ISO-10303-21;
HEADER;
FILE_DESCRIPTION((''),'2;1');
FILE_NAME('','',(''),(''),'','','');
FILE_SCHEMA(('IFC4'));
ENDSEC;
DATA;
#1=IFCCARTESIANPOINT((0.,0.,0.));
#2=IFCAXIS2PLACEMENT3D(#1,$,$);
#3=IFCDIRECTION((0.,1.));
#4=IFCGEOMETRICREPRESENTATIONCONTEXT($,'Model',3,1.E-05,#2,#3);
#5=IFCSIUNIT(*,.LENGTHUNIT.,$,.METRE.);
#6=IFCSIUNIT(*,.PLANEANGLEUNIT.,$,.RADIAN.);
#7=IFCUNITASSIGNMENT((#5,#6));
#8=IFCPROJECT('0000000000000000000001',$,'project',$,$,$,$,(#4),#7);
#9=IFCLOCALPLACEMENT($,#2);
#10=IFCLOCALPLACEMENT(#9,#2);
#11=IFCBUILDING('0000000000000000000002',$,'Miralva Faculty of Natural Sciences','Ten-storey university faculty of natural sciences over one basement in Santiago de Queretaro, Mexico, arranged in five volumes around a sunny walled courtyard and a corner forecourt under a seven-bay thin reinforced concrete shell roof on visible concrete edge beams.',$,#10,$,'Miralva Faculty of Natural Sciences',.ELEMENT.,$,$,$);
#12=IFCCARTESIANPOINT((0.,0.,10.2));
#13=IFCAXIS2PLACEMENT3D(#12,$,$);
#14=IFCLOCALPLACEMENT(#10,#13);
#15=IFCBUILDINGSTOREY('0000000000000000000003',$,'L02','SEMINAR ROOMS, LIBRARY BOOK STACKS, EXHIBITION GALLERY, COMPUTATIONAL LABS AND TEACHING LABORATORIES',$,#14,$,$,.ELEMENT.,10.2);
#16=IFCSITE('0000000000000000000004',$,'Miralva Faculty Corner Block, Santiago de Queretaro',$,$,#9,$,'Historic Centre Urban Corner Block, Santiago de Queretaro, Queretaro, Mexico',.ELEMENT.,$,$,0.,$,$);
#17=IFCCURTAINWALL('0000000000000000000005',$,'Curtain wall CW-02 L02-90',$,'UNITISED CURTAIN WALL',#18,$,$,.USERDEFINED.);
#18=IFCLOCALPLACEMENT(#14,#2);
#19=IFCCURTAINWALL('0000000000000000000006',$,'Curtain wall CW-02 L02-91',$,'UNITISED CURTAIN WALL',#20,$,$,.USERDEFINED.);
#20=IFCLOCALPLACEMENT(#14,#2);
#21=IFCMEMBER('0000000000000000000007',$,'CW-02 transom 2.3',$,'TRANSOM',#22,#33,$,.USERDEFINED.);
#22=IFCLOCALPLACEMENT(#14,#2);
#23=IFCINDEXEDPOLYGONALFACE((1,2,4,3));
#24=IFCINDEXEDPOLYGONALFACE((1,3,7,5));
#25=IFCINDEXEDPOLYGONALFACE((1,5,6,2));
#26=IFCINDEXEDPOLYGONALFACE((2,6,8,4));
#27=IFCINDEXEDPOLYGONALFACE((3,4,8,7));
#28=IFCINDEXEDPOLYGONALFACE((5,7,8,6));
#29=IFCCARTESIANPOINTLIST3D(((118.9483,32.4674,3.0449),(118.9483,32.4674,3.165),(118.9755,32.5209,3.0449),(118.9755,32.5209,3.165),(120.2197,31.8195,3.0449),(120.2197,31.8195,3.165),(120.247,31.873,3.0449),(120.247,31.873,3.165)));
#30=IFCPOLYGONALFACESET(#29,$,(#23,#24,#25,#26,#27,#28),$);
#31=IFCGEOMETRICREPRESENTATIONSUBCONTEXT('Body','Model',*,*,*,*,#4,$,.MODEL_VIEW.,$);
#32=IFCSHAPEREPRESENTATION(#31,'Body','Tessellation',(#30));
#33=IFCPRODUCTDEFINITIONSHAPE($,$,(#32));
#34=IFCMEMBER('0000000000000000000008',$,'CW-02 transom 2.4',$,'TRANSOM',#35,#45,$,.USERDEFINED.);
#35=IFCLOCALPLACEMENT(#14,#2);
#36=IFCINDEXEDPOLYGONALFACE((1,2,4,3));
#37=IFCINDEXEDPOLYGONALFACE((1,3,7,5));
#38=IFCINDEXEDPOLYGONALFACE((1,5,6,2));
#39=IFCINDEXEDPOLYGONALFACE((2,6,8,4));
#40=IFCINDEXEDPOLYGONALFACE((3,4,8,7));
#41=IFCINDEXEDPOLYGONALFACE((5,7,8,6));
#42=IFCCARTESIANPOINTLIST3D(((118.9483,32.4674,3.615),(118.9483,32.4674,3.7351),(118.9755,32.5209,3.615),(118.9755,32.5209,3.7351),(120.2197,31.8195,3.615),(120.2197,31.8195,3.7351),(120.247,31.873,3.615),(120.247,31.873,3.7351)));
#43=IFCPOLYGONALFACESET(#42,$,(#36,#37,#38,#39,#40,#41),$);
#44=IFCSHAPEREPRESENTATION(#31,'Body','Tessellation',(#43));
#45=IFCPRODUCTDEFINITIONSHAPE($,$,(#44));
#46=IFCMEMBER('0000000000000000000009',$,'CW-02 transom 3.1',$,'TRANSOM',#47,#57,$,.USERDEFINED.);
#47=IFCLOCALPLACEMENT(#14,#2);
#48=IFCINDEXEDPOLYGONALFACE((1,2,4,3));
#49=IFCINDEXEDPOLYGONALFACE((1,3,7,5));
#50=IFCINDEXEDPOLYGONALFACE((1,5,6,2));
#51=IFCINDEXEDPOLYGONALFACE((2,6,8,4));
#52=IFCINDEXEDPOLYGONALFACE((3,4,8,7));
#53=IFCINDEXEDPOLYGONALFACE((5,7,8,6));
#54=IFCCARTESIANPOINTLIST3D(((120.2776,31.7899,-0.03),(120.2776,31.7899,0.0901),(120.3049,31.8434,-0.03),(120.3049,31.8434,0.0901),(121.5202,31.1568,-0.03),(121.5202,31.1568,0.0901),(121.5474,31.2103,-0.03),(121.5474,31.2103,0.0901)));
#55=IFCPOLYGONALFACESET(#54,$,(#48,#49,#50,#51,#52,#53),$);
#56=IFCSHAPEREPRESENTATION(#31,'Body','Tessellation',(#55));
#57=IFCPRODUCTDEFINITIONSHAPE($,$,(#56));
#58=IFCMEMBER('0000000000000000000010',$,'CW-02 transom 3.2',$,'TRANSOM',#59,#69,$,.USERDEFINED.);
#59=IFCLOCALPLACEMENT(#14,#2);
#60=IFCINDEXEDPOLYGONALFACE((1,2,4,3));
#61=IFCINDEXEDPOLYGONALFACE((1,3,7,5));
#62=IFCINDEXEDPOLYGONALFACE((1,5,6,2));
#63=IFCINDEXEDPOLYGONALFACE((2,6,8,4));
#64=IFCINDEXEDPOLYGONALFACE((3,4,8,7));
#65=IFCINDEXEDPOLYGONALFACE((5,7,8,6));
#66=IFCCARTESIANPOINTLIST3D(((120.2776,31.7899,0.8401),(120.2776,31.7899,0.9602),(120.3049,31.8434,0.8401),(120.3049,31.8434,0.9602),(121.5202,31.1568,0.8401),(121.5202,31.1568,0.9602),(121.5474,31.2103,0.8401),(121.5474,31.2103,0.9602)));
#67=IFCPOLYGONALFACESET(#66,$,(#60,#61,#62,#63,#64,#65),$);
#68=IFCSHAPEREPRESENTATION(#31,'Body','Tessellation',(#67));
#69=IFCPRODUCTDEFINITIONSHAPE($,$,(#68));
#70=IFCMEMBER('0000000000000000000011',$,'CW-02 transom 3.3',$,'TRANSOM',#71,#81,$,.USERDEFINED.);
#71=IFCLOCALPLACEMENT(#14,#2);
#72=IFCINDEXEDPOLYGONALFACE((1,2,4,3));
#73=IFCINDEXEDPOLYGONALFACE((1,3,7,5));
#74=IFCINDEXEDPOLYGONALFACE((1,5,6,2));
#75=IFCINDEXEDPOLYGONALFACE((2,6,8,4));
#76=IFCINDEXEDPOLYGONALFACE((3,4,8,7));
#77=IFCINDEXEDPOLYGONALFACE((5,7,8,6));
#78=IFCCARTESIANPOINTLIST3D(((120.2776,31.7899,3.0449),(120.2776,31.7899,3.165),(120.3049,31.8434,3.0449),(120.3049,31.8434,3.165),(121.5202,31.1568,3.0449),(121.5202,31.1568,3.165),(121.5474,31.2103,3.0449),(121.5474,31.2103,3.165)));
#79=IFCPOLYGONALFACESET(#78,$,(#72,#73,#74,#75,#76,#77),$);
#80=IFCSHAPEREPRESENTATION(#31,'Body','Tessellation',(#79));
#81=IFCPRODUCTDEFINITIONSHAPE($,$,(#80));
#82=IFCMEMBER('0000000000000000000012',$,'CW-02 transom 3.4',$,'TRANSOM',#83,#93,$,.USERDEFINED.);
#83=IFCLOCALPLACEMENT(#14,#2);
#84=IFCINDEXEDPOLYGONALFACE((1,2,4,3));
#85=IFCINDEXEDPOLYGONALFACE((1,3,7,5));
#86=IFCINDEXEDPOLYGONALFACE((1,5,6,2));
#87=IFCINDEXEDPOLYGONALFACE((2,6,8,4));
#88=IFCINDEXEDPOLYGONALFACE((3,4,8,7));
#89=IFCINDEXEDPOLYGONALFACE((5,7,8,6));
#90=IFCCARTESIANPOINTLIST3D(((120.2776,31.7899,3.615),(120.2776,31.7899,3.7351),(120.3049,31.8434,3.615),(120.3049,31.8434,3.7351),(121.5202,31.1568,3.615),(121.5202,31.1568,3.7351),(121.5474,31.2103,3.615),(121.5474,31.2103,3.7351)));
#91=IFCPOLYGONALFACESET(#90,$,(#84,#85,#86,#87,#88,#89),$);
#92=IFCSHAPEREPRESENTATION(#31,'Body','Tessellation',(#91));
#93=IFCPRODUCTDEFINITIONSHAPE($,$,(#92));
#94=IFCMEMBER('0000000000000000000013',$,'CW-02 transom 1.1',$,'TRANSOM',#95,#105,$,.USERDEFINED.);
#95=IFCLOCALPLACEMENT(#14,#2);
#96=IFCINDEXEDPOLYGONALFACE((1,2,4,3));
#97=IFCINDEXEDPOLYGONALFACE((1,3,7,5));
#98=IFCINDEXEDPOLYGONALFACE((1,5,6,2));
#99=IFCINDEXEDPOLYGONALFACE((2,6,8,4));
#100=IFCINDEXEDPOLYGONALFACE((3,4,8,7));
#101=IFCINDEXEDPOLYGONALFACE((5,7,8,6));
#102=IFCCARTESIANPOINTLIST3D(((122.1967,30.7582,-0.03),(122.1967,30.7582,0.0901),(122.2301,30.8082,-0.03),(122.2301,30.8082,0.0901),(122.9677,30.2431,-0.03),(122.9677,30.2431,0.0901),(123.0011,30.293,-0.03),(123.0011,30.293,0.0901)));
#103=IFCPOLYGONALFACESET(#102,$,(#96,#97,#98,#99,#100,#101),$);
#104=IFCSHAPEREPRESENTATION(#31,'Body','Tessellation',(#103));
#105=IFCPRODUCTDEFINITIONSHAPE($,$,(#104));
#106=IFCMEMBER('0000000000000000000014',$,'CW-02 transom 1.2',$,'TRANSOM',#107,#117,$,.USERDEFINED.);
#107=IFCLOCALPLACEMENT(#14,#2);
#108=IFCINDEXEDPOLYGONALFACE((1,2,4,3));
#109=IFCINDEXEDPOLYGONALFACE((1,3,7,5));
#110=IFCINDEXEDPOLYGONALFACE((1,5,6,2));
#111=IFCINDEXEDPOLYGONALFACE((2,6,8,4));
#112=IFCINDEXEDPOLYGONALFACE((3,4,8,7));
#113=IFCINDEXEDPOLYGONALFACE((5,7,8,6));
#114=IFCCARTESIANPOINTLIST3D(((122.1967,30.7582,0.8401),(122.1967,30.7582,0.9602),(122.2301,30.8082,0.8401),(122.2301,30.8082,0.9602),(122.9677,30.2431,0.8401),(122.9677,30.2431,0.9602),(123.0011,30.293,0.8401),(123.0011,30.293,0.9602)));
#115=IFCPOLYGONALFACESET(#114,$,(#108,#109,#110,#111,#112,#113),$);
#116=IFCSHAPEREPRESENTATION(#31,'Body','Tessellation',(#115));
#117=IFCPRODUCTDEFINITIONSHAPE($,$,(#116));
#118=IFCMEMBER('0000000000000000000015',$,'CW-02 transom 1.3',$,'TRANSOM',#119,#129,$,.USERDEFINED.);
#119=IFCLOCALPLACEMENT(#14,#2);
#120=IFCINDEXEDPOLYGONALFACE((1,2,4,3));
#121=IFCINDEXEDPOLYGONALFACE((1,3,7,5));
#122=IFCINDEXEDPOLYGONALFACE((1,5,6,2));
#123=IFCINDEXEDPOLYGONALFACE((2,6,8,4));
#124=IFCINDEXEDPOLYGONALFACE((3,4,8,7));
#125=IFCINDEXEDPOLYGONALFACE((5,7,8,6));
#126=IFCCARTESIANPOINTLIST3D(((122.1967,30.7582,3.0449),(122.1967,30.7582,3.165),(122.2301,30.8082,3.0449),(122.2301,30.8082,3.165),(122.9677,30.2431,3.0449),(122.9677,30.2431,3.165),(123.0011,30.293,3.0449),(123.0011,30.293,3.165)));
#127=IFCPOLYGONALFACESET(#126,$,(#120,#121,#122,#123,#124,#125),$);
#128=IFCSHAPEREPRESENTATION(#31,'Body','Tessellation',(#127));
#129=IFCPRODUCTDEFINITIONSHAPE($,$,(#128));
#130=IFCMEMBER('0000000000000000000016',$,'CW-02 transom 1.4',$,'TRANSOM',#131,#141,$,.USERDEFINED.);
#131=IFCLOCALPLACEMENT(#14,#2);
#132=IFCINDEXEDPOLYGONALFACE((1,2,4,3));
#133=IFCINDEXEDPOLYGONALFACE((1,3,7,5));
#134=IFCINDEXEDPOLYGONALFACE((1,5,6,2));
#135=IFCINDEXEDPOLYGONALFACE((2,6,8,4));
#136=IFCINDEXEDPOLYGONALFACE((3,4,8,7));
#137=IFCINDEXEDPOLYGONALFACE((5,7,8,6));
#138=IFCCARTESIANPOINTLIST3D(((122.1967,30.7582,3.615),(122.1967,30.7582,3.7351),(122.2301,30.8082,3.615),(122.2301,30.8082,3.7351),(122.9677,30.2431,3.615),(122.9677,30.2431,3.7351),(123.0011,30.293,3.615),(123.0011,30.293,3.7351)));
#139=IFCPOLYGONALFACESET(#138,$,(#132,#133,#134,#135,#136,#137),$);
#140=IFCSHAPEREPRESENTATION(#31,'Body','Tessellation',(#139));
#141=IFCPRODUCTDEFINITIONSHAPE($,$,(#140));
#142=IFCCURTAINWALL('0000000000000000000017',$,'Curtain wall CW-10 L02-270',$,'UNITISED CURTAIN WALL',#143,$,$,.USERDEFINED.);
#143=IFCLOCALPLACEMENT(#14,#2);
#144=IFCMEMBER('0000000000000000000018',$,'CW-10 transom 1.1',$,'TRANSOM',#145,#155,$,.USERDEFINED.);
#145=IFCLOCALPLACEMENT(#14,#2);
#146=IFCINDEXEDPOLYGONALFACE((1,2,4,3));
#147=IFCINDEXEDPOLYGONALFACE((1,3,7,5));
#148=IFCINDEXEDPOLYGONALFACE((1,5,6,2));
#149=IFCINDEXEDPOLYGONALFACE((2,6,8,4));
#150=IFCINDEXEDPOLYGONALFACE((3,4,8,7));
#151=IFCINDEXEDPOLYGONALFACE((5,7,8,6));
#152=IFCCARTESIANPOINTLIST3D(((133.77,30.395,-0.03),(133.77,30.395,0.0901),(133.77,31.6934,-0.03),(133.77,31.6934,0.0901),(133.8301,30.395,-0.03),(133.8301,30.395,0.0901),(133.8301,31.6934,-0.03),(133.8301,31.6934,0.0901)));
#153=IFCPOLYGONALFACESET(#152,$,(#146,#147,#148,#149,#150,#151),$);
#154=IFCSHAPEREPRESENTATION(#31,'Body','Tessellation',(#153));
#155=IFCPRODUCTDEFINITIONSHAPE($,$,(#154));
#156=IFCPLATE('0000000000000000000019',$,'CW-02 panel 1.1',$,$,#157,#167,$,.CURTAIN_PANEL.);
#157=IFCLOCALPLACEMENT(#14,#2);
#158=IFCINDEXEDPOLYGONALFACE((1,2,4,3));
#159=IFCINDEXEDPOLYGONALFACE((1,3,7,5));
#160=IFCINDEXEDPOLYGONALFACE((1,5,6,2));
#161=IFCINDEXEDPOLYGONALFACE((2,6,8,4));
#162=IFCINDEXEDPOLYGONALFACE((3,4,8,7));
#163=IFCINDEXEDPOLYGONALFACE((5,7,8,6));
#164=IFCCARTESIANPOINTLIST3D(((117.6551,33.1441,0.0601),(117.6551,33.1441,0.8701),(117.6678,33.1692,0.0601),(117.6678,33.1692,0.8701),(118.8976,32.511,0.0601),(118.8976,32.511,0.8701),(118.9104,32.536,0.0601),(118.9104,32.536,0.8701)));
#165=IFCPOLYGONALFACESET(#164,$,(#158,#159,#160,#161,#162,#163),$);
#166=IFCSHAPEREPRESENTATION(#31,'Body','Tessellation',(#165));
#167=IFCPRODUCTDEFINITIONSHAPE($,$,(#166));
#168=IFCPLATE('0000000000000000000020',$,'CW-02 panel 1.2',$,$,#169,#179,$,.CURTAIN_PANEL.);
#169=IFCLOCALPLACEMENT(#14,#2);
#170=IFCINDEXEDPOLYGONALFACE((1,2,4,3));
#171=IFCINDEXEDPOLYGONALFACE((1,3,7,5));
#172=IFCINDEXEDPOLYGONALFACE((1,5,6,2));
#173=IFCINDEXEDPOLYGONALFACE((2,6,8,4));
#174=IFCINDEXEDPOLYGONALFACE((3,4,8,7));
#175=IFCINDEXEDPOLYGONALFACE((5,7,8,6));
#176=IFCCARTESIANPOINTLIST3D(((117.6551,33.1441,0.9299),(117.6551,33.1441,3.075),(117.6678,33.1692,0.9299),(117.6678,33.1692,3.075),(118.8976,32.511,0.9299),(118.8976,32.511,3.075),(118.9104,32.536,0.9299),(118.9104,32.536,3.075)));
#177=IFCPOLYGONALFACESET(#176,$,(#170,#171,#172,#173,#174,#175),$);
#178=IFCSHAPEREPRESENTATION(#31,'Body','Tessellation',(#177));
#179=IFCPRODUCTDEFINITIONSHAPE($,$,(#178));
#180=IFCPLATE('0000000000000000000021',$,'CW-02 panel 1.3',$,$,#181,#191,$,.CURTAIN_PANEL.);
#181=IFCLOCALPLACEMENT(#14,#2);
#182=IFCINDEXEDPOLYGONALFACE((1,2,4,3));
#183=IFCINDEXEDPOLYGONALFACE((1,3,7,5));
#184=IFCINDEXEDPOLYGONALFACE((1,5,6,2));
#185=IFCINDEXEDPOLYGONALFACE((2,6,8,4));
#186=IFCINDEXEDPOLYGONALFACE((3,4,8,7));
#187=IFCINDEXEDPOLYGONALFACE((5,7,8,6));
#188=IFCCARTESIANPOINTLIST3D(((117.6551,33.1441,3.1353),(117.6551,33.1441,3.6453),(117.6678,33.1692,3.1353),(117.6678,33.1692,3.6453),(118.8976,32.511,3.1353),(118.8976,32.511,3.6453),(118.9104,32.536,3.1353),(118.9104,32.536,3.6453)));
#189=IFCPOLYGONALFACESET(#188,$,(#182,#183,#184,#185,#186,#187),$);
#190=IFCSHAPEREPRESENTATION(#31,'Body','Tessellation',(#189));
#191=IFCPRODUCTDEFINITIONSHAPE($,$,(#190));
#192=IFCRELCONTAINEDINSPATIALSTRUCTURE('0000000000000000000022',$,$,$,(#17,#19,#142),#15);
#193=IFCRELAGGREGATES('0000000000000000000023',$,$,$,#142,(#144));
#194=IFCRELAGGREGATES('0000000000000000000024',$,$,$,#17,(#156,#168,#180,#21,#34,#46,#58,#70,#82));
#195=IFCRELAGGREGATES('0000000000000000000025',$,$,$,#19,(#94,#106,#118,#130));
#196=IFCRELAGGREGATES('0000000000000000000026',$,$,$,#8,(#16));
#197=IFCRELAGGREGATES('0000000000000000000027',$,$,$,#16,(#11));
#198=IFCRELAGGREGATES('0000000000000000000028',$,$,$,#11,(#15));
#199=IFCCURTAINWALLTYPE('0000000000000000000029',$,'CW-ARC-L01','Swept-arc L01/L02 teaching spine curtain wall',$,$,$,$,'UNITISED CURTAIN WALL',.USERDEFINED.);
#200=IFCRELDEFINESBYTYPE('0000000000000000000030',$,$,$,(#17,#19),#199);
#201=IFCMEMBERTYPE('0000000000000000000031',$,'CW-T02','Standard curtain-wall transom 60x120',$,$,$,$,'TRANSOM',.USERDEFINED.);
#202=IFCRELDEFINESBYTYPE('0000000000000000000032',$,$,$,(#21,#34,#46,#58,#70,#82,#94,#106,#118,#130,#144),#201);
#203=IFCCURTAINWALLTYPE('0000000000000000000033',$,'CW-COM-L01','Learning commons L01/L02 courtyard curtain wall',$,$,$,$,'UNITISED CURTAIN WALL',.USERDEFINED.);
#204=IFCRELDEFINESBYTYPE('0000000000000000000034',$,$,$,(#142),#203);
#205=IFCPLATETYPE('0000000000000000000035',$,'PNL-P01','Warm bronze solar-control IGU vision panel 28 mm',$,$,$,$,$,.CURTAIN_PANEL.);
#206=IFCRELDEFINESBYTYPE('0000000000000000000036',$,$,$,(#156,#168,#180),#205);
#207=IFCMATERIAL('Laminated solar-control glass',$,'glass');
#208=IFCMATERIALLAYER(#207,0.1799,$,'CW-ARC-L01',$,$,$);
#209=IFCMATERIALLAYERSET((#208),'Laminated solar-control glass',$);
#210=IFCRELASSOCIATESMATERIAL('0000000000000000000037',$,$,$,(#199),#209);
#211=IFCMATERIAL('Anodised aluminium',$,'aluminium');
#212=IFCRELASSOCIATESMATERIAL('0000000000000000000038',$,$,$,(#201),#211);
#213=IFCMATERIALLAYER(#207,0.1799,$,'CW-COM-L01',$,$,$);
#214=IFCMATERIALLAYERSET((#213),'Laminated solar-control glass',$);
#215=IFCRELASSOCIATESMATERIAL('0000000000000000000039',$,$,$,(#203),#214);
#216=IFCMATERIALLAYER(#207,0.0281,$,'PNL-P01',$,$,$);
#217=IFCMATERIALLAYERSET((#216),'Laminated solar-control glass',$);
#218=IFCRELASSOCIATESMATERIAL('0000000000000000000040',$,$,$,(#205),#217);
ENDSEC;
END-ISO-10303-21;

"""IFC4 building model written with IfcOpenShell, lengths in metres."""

from ifc_helpers import new_model, si_unit, direction, frame, origin, origin_2d, place, context, subcontext, project, spatial, rectangle, extrude, material, layer, layer_set, material_profile, profile_set, type_object, element, aggregate, save


model = new_model("IFC4")

# Units and contexts
model_context = context("Model", 3, precision=1e-05, world=origin(), true_north=direction((0.0, 1.0)))
body_context = subcontext(model_context, "Body", "Model", "MODEL_VIEW")
ifc_project = project(units=[si_unit("LENGTHUNIT", "METRE"), si_unit("PLANEANGLEUNIT", "RADIAN")], contexts=[model_context])

# Site, building, storey
site_placement = place(None, origin())
site = spatial("IfcSite", under=ifc_project, at=site_placement, Name="Miralva Faculty Corner Block, Santiago de Queretaro", LongName="Historic Centre Urban Corner Block, Santiago de Queretaro, Queretaro, Mexico", CompositionType="ELEMENT", RefElevation=0.0)
building_placement = place(site_placement, origin())
building = spatial("IfcBuilding", under=site, at=building_placement, Name="Miralva Faculty of Natural Sciences", Description="Ten-storey university faculty of natural sciences over one basement in Santiago de Queretaro, Mexico, arranged in five volumes around a sunny walled courtyard and a corner forecourt under a seven-bay thin reinforced concrete shell roof on visible concrete edge beams.", LongName="Miralva Faculty of Natural Sciences", CompositionType="ELEMENT")
storey_placement = place(building_placement, frame((0.0, 0.0, 10.2)))
storey = spatial("IfcBuildingStorey", under=building, at=storey_placement, Name="L02", Description="SEMINAR ROOMS, LIBRARY BOOK STACKS, EXHIBITION GALLERY, COMPUTATIONAL LABS AND TEACHING LABORATORIES", CompositionType="ELEMENT", Elevation=10.2)

# Shared definitions
ifc_material_1 = material(Name="Laminated solar-control glass", Category="glass")
ifc_layer_1 = layer(ifc_material_1, 0.1799, Name="CW-ARC-L01")
ifc_layer_set_1 = layer_set([ifc_layer_1], Name="Laminated solar-control glass")
curtain_wall_type_1 = type_object("IfcCurtainWallType", Name="CW-ARC-L01", Description="Swept-arc L01/L02 teaching spine curtain wall", ElementType="UNITISED CURTAIN WALL", PredefinedType="USERDEFINED", material=ifc_layer_set_1)
ifc_material_2 = material(Name="Anodised aluminium", Category="aluminium")

# Curtain wall
curtain_wall_1_placement = place(storey_placement, origin())
curtain_wall_1 = element("IfcCurtainWall", 1, at=curtain_wall_1_placement, inside=storey, type_object=curtain_wall_type_1, Name="Curtain wall CW-02 L02-90", ObjectType="UNITISED CURTAIN WALL", PredefinedType="USERDEFINED")

# Curtain wall
curtain_wall_2_placement = place(storey_placement, origin())
curtain_wall_2 = element("IfcCurtainWall", 2, at=curtain_wall_2_placement, inside=storey, type_object=curtain_wall_type_1, Name="Curtain wall CW-02 L02-91", ObjectType="UNITISED CURTAIN WALL", PredefinedType="USERDEFINED")

# Members
ifc_material_profile_1 = material_profile(ifc_material_2, rectangle(XDim=0.0601, YDim=0.1201, at=origin_2d()), Name="TRANSOM 60x120")
ifc_profile_set_1 = profile_set([ifc_material_profile_1], Name="Anodised aluminium")
member_type_1 = type_object("IfcMemberType", Name="CW-T02", Description="Standard curtain-wall transom 60x120", ElementType="TRANSOM", PredefinedType="USERDEFINED", material=ifc_profile_set_1)
member_1_placement = place(storey_placement, frame((118.9619, 32.4941, 3.105), z_axis=(0.890979, -0.454044, 0.0), x_axis=(0.454044, 0.890979, 0.0)))
member_1 = element("IfcMember", 3, at=member_1_placement, type_object=member_type_1, Name="CW-02 transom 2.3", ObjectType="TRANSOM", PredefinedType="USERDEFINED", context=body_context, shape_type="SweptSolid", body=[
    extrude(rectangle(XDim=0.0601, YDim=0.1201, at=origin_2d()), origin(), (0.0, 0.0, 1.0), 1.427),
])
member_2_placement = place(storey_placement, frame((118.9619, 32.4941, 3.675), z_axis=(0.890979, -0.454044, 0.0), x_axis=(0.454044, 0.890979, 0.0)))
member_2 = element("IfcMember", 4, at=member_2_placement, type_object=member_type_1, Name="CW-02 transom 2.4", ObjectType="TRANSOM", PredefinedType="USERDEFINED", context=body_context, shape_type="SweptSolid", body=[
    extrude(rectangle(XDim=0.0601, YDim=0.1201, at=origin_2d()), origin(), (0.0, 0.0, 1.0), 1.427),
])
member_3_placement = place(storey_placement, frame((120.2913, 31.8167, 0.03), z_axis=(0.891005, -0.453994, 0.0), x_axis=(0.453994, 0.891005, 0.0)))
member_3 = element("IfcMember", 5, at=member_3_placement, type_object=member_type_1, Name="CW-02 transom 3.1", ObjectType="TRANSOM", PredefinedType="USERDEFINED", context=body_context, shape_type="SweptSolid", body=[
    extrude(rectangle(XDim=0.0601, YDim=0.1201, at=origin_2d()), origin(), (0.0, 0.0, 1.0), 1.3945),
])
member_4_placement = place(storey_placement, frame((120.2913, 31.8167, 0.9001), z_axis=(0.891005, -0.453994, 0.0), x_axis=(0.453994, 0.891005, 0.0)))
member_4 = element("IfcMember", 6, at=member_4_placement, type_object=member_type_1, Name="CW-02 transom 3.2", ObjectType="TRANSOM", PredefinedType="USERDEFINED", context=body_context, shape_type="SweptSolid", body=[
    extrude(rectangle(XDim=0.0601, YDim=0.1201, at=origin_2d()), origin(), (0.0, 0.0, 1.0), 1.3945),
])
member_5_placement = place(storey_placement, frame((120.2913, 31.8167, 3.105), z_axis=(0.891005, -0.453994, 0.0), x_axis=(0.453994, 0.891005, 0.0)))
member_5 = element("IfcMember", 7, at=member_5_placement, type_object=member_type_1, Name="CW-02 transom 3.3", ObjectType="TRANSOM", PredefinedType="USERDEFINED", context=body_context, shape_type="SweptSolid", body=[
    extrude(rectangle(XDim=0.0601, YDim=0.1201, at=origin_2d()), origin(), (0.0, 0.0, 1.0), 1.3945),
])
member_6_placement = place(storey_placement, frame((120.2913, 31.8167, 3.675), z_axis=(0.891005, -0.453994, 0.0), x_axis=(0.453994, 0.891005, 0.0)))
member_6 = element("IfcMember", 8, at=member_6_placement, type_object=member_type_1, Name="CW-02 transom 3.4", ObjectType="TRANSOM", PredefinedType="USERDEFINED", context=body_context, shape_type="SweptSolid", body=[
    extrude(rectangle(XDim=0.0601, YDim=0.1201, at=origin_2d()), origin(), (0.0, 0.0, 1.0), 1.3945),
])
member_7_placement = place(storey_placement, frame((122.2134, 30.7832, 0.03), z_axis=(0.831483, -0.555551, 0.0), x_axis=(0.555551, 0.831483, 0.0)))
member_7 = element("IfcMember", 9, at=member_7_placement, type_object=member_type_1, Name="CW-02 transom 1.1", ObjectType="TRANSOM", PredefinedType="USERDEFINED", context=body_context, shape_type="SweptSolid", body=[
    extrude(rectangle(XDim=0.0601, YDim=0.1201, at=origin_2d()), origin(), (0.0, 0.0, 1.0), 0.9272),
])
member_8_placement = place(storey_placement, frame((122.2134, 30.7832, 0.9001), z_axis=(0.831483, -0.555551, 0.0), x_axis=(0.555551, 0.831483, 0.0)))
member_8 = element("IfcMember", 10, at=member_8_placement, type_object=member_type_1, Name="CW-02 transom 1.2", ObjectType="TRANSOM", PredefinedType="USERDEFINED", context=body_context, shape_type="SweptSolid", body=[
    extrude(rectangle(XDim=0.0601, YDim=0.1201, at=origin_2d()), origin(), (0.0, 0.0, 1.0), 0.9272),
])
member_9_placement = place(storey_placement, frame((122.2134, 30.7832, 3.105), z_axis=(0.831483, -0.555551, 0.0), x_axis=(0.555551, 0.831483, 0.0)))
member_9 = element("IfcMember", 11, at=member_9_placement, type_object=member_type_1, Name="CW-02 transom 1.3", ObjectType="TRANSOM", PredefinedType="USERDEFINED", context=body_context, shape_type="SweptSolid", body=[
    extrude(rectangle(XDim=0.0601, YDim=0.1201, at=origin_2d()), origin(), (0.0, 0.0, 1.0), 0.9272),
])
member_10_placement = place(storey_placement, frame((122.2134, 30.7832, 3.675), z_axis=(0.831483, -0.555551, 0.0), x_axis=(0.555551, 0.831483, 0.0)))
member_10 = element("IfcMember", 12, at=member_10_placement, type_object=member_type_1, Name="CW-02 transom 1.4", ObjectType="TRANSOM", PredefinedType="USERDEFINED", context=body_context, shape_type="SweptSolid", body=[
    extrude(rectangle(XDim=0.0601, YDim=0.1201, at=origin_2d()), origin(), (0.0, 0.0, 1.0), 0.9272),
])

# Curtain wall, member
ifc_layer_2 = layer(ifc_material_1, 0.1799, Name="CW-COM-L01")
ifc_layer_set_2 = layer_set([ifc_layer_2], Name="Laminated solar-control glass")
curtain_wall_type_2 = type_object("IfcCurtainWallType", Name="CW-COM-L01", Description="Learning commons L01/L02 courtyard curtain wall", ElementType="UNITISED CURTAIN WALL", PredefinedType="USERDEFINED", material=ifc_layer_set_2)
curtain_wall_3_placement = place(storey_placement, origin())
curtain_wall_3 = element("IfcCurtainWall", 13, at=curtain_wall_3_placement, inside=storey, type_object=curtain_wall_type_2, Name="Curtain wall CW-10 L02-270", ObjectType="UNITISED CURTAIN WALL", PredefinedType="USERDEFINED")
member_11_placement = place(storey_placement, frame((133.8, 30.395, 0.03), z_axis=(0.0, 1.0, 0.0), x_axis=(-1.0, 0.0, 0.0)))
member_11 = element("IfcMember", 14, at=member_11_placement, type_object=member_type_1, Name="CW-10 transom 1.1", ObjectType="TRANSOM", PredefinedType="USERDEFINED", context=body_context, shape_type="SweptSolid", body=[
    extrude(rectangle(XDim=0.0601, YDim=0.1201, at=origin_2d()), origin(), (0.0, 0.0, 1.0), 1.2983),
])
aggregate(curtain_wall_3, [member_11])

# Plates
ifc_layer_3 = layer(ifc_material_1, 0.0281, Name="PNL-P01")
ifc_layer_set_3 = layer_set([ifc_layer_3], Name="Laminated solar-control glass")
plate_type = type_object("IfcPlateType", Name="PNL-P01", Description="Warm bronze solar-control IGU vision panel 28 mm", PredefinedType="CURTAIN_PANEL", material=ifc_layer_set_3)
plate_1_placement = place(storey_placement, frame((118.2827, 32.8401, 0.0601), z_axis=(0.0, 0.0, 1.0), x_axis=(0.891001, -0.454001, 0.0)))
plate_1 = element("IfcPlate", 15, at=plate_1_placement, type_object=plate_type, Name="CW-02 panel 1.1", PredefinedType="CURTAIN_PANEL", context=body_context, shape_type="SweptSolid", body=[
    extrude(rectangle(XDim=1.3945, YDim=0.0281, at=origin_2d()), origin(), (0.0, 0.0, 1.0), 0.8101),
])
plate_2_placement = place(storey_placement, frame((118.2827, 32.8401, 0.9299), z_axis=(0.0, 0.0, 1.0), x_axis=(0.891001, -0.454001, 0.0)))
plate_2 = element("IfcPlate", 16, at=plate_2_placement, type_object=plate_type, Name="CW-02 panel 1.2", PredefinedType="CURTAIN_PANEL", context=body_context, shape_type="SweptSolid", body=[
    extrude(rectangle(XDim=1.3945, YDim=0.0281, at=origin_2d()), origin(), (0.0, 0.0, 1.0), 2.145),
])
plate_3_placement = place(storey_placement, frame((118.2827, 32.8401, 3.1353), z_axis=(0.0, 0.0, 1.0), x_axis=(0.891001, -0.454001, 0.0)))
plate_3 = element("IfcPlate", 17, at=plate_3_placement, type_object=plate_type, Name="CW-02 panel 1.3", PredefinedType="CURTAIN_PANEL", context=body_context, shape_type="SweptSolid", body=[
    extrude(rectangle(XDim=1.3945, YDim=0.0281, at=origin_2d()), origin(), (0.0, 0.0, 1.0), 0.51),
])
aggregate(curtain_wall_1, [plate_1, plate_2, plate_3, member_1, member_2, member_3, member_4, member_5, member_6])
aggregate(curtain_wall_2, [member_7, member_8, member_9, member_10])

save(model, "model.ifc")
